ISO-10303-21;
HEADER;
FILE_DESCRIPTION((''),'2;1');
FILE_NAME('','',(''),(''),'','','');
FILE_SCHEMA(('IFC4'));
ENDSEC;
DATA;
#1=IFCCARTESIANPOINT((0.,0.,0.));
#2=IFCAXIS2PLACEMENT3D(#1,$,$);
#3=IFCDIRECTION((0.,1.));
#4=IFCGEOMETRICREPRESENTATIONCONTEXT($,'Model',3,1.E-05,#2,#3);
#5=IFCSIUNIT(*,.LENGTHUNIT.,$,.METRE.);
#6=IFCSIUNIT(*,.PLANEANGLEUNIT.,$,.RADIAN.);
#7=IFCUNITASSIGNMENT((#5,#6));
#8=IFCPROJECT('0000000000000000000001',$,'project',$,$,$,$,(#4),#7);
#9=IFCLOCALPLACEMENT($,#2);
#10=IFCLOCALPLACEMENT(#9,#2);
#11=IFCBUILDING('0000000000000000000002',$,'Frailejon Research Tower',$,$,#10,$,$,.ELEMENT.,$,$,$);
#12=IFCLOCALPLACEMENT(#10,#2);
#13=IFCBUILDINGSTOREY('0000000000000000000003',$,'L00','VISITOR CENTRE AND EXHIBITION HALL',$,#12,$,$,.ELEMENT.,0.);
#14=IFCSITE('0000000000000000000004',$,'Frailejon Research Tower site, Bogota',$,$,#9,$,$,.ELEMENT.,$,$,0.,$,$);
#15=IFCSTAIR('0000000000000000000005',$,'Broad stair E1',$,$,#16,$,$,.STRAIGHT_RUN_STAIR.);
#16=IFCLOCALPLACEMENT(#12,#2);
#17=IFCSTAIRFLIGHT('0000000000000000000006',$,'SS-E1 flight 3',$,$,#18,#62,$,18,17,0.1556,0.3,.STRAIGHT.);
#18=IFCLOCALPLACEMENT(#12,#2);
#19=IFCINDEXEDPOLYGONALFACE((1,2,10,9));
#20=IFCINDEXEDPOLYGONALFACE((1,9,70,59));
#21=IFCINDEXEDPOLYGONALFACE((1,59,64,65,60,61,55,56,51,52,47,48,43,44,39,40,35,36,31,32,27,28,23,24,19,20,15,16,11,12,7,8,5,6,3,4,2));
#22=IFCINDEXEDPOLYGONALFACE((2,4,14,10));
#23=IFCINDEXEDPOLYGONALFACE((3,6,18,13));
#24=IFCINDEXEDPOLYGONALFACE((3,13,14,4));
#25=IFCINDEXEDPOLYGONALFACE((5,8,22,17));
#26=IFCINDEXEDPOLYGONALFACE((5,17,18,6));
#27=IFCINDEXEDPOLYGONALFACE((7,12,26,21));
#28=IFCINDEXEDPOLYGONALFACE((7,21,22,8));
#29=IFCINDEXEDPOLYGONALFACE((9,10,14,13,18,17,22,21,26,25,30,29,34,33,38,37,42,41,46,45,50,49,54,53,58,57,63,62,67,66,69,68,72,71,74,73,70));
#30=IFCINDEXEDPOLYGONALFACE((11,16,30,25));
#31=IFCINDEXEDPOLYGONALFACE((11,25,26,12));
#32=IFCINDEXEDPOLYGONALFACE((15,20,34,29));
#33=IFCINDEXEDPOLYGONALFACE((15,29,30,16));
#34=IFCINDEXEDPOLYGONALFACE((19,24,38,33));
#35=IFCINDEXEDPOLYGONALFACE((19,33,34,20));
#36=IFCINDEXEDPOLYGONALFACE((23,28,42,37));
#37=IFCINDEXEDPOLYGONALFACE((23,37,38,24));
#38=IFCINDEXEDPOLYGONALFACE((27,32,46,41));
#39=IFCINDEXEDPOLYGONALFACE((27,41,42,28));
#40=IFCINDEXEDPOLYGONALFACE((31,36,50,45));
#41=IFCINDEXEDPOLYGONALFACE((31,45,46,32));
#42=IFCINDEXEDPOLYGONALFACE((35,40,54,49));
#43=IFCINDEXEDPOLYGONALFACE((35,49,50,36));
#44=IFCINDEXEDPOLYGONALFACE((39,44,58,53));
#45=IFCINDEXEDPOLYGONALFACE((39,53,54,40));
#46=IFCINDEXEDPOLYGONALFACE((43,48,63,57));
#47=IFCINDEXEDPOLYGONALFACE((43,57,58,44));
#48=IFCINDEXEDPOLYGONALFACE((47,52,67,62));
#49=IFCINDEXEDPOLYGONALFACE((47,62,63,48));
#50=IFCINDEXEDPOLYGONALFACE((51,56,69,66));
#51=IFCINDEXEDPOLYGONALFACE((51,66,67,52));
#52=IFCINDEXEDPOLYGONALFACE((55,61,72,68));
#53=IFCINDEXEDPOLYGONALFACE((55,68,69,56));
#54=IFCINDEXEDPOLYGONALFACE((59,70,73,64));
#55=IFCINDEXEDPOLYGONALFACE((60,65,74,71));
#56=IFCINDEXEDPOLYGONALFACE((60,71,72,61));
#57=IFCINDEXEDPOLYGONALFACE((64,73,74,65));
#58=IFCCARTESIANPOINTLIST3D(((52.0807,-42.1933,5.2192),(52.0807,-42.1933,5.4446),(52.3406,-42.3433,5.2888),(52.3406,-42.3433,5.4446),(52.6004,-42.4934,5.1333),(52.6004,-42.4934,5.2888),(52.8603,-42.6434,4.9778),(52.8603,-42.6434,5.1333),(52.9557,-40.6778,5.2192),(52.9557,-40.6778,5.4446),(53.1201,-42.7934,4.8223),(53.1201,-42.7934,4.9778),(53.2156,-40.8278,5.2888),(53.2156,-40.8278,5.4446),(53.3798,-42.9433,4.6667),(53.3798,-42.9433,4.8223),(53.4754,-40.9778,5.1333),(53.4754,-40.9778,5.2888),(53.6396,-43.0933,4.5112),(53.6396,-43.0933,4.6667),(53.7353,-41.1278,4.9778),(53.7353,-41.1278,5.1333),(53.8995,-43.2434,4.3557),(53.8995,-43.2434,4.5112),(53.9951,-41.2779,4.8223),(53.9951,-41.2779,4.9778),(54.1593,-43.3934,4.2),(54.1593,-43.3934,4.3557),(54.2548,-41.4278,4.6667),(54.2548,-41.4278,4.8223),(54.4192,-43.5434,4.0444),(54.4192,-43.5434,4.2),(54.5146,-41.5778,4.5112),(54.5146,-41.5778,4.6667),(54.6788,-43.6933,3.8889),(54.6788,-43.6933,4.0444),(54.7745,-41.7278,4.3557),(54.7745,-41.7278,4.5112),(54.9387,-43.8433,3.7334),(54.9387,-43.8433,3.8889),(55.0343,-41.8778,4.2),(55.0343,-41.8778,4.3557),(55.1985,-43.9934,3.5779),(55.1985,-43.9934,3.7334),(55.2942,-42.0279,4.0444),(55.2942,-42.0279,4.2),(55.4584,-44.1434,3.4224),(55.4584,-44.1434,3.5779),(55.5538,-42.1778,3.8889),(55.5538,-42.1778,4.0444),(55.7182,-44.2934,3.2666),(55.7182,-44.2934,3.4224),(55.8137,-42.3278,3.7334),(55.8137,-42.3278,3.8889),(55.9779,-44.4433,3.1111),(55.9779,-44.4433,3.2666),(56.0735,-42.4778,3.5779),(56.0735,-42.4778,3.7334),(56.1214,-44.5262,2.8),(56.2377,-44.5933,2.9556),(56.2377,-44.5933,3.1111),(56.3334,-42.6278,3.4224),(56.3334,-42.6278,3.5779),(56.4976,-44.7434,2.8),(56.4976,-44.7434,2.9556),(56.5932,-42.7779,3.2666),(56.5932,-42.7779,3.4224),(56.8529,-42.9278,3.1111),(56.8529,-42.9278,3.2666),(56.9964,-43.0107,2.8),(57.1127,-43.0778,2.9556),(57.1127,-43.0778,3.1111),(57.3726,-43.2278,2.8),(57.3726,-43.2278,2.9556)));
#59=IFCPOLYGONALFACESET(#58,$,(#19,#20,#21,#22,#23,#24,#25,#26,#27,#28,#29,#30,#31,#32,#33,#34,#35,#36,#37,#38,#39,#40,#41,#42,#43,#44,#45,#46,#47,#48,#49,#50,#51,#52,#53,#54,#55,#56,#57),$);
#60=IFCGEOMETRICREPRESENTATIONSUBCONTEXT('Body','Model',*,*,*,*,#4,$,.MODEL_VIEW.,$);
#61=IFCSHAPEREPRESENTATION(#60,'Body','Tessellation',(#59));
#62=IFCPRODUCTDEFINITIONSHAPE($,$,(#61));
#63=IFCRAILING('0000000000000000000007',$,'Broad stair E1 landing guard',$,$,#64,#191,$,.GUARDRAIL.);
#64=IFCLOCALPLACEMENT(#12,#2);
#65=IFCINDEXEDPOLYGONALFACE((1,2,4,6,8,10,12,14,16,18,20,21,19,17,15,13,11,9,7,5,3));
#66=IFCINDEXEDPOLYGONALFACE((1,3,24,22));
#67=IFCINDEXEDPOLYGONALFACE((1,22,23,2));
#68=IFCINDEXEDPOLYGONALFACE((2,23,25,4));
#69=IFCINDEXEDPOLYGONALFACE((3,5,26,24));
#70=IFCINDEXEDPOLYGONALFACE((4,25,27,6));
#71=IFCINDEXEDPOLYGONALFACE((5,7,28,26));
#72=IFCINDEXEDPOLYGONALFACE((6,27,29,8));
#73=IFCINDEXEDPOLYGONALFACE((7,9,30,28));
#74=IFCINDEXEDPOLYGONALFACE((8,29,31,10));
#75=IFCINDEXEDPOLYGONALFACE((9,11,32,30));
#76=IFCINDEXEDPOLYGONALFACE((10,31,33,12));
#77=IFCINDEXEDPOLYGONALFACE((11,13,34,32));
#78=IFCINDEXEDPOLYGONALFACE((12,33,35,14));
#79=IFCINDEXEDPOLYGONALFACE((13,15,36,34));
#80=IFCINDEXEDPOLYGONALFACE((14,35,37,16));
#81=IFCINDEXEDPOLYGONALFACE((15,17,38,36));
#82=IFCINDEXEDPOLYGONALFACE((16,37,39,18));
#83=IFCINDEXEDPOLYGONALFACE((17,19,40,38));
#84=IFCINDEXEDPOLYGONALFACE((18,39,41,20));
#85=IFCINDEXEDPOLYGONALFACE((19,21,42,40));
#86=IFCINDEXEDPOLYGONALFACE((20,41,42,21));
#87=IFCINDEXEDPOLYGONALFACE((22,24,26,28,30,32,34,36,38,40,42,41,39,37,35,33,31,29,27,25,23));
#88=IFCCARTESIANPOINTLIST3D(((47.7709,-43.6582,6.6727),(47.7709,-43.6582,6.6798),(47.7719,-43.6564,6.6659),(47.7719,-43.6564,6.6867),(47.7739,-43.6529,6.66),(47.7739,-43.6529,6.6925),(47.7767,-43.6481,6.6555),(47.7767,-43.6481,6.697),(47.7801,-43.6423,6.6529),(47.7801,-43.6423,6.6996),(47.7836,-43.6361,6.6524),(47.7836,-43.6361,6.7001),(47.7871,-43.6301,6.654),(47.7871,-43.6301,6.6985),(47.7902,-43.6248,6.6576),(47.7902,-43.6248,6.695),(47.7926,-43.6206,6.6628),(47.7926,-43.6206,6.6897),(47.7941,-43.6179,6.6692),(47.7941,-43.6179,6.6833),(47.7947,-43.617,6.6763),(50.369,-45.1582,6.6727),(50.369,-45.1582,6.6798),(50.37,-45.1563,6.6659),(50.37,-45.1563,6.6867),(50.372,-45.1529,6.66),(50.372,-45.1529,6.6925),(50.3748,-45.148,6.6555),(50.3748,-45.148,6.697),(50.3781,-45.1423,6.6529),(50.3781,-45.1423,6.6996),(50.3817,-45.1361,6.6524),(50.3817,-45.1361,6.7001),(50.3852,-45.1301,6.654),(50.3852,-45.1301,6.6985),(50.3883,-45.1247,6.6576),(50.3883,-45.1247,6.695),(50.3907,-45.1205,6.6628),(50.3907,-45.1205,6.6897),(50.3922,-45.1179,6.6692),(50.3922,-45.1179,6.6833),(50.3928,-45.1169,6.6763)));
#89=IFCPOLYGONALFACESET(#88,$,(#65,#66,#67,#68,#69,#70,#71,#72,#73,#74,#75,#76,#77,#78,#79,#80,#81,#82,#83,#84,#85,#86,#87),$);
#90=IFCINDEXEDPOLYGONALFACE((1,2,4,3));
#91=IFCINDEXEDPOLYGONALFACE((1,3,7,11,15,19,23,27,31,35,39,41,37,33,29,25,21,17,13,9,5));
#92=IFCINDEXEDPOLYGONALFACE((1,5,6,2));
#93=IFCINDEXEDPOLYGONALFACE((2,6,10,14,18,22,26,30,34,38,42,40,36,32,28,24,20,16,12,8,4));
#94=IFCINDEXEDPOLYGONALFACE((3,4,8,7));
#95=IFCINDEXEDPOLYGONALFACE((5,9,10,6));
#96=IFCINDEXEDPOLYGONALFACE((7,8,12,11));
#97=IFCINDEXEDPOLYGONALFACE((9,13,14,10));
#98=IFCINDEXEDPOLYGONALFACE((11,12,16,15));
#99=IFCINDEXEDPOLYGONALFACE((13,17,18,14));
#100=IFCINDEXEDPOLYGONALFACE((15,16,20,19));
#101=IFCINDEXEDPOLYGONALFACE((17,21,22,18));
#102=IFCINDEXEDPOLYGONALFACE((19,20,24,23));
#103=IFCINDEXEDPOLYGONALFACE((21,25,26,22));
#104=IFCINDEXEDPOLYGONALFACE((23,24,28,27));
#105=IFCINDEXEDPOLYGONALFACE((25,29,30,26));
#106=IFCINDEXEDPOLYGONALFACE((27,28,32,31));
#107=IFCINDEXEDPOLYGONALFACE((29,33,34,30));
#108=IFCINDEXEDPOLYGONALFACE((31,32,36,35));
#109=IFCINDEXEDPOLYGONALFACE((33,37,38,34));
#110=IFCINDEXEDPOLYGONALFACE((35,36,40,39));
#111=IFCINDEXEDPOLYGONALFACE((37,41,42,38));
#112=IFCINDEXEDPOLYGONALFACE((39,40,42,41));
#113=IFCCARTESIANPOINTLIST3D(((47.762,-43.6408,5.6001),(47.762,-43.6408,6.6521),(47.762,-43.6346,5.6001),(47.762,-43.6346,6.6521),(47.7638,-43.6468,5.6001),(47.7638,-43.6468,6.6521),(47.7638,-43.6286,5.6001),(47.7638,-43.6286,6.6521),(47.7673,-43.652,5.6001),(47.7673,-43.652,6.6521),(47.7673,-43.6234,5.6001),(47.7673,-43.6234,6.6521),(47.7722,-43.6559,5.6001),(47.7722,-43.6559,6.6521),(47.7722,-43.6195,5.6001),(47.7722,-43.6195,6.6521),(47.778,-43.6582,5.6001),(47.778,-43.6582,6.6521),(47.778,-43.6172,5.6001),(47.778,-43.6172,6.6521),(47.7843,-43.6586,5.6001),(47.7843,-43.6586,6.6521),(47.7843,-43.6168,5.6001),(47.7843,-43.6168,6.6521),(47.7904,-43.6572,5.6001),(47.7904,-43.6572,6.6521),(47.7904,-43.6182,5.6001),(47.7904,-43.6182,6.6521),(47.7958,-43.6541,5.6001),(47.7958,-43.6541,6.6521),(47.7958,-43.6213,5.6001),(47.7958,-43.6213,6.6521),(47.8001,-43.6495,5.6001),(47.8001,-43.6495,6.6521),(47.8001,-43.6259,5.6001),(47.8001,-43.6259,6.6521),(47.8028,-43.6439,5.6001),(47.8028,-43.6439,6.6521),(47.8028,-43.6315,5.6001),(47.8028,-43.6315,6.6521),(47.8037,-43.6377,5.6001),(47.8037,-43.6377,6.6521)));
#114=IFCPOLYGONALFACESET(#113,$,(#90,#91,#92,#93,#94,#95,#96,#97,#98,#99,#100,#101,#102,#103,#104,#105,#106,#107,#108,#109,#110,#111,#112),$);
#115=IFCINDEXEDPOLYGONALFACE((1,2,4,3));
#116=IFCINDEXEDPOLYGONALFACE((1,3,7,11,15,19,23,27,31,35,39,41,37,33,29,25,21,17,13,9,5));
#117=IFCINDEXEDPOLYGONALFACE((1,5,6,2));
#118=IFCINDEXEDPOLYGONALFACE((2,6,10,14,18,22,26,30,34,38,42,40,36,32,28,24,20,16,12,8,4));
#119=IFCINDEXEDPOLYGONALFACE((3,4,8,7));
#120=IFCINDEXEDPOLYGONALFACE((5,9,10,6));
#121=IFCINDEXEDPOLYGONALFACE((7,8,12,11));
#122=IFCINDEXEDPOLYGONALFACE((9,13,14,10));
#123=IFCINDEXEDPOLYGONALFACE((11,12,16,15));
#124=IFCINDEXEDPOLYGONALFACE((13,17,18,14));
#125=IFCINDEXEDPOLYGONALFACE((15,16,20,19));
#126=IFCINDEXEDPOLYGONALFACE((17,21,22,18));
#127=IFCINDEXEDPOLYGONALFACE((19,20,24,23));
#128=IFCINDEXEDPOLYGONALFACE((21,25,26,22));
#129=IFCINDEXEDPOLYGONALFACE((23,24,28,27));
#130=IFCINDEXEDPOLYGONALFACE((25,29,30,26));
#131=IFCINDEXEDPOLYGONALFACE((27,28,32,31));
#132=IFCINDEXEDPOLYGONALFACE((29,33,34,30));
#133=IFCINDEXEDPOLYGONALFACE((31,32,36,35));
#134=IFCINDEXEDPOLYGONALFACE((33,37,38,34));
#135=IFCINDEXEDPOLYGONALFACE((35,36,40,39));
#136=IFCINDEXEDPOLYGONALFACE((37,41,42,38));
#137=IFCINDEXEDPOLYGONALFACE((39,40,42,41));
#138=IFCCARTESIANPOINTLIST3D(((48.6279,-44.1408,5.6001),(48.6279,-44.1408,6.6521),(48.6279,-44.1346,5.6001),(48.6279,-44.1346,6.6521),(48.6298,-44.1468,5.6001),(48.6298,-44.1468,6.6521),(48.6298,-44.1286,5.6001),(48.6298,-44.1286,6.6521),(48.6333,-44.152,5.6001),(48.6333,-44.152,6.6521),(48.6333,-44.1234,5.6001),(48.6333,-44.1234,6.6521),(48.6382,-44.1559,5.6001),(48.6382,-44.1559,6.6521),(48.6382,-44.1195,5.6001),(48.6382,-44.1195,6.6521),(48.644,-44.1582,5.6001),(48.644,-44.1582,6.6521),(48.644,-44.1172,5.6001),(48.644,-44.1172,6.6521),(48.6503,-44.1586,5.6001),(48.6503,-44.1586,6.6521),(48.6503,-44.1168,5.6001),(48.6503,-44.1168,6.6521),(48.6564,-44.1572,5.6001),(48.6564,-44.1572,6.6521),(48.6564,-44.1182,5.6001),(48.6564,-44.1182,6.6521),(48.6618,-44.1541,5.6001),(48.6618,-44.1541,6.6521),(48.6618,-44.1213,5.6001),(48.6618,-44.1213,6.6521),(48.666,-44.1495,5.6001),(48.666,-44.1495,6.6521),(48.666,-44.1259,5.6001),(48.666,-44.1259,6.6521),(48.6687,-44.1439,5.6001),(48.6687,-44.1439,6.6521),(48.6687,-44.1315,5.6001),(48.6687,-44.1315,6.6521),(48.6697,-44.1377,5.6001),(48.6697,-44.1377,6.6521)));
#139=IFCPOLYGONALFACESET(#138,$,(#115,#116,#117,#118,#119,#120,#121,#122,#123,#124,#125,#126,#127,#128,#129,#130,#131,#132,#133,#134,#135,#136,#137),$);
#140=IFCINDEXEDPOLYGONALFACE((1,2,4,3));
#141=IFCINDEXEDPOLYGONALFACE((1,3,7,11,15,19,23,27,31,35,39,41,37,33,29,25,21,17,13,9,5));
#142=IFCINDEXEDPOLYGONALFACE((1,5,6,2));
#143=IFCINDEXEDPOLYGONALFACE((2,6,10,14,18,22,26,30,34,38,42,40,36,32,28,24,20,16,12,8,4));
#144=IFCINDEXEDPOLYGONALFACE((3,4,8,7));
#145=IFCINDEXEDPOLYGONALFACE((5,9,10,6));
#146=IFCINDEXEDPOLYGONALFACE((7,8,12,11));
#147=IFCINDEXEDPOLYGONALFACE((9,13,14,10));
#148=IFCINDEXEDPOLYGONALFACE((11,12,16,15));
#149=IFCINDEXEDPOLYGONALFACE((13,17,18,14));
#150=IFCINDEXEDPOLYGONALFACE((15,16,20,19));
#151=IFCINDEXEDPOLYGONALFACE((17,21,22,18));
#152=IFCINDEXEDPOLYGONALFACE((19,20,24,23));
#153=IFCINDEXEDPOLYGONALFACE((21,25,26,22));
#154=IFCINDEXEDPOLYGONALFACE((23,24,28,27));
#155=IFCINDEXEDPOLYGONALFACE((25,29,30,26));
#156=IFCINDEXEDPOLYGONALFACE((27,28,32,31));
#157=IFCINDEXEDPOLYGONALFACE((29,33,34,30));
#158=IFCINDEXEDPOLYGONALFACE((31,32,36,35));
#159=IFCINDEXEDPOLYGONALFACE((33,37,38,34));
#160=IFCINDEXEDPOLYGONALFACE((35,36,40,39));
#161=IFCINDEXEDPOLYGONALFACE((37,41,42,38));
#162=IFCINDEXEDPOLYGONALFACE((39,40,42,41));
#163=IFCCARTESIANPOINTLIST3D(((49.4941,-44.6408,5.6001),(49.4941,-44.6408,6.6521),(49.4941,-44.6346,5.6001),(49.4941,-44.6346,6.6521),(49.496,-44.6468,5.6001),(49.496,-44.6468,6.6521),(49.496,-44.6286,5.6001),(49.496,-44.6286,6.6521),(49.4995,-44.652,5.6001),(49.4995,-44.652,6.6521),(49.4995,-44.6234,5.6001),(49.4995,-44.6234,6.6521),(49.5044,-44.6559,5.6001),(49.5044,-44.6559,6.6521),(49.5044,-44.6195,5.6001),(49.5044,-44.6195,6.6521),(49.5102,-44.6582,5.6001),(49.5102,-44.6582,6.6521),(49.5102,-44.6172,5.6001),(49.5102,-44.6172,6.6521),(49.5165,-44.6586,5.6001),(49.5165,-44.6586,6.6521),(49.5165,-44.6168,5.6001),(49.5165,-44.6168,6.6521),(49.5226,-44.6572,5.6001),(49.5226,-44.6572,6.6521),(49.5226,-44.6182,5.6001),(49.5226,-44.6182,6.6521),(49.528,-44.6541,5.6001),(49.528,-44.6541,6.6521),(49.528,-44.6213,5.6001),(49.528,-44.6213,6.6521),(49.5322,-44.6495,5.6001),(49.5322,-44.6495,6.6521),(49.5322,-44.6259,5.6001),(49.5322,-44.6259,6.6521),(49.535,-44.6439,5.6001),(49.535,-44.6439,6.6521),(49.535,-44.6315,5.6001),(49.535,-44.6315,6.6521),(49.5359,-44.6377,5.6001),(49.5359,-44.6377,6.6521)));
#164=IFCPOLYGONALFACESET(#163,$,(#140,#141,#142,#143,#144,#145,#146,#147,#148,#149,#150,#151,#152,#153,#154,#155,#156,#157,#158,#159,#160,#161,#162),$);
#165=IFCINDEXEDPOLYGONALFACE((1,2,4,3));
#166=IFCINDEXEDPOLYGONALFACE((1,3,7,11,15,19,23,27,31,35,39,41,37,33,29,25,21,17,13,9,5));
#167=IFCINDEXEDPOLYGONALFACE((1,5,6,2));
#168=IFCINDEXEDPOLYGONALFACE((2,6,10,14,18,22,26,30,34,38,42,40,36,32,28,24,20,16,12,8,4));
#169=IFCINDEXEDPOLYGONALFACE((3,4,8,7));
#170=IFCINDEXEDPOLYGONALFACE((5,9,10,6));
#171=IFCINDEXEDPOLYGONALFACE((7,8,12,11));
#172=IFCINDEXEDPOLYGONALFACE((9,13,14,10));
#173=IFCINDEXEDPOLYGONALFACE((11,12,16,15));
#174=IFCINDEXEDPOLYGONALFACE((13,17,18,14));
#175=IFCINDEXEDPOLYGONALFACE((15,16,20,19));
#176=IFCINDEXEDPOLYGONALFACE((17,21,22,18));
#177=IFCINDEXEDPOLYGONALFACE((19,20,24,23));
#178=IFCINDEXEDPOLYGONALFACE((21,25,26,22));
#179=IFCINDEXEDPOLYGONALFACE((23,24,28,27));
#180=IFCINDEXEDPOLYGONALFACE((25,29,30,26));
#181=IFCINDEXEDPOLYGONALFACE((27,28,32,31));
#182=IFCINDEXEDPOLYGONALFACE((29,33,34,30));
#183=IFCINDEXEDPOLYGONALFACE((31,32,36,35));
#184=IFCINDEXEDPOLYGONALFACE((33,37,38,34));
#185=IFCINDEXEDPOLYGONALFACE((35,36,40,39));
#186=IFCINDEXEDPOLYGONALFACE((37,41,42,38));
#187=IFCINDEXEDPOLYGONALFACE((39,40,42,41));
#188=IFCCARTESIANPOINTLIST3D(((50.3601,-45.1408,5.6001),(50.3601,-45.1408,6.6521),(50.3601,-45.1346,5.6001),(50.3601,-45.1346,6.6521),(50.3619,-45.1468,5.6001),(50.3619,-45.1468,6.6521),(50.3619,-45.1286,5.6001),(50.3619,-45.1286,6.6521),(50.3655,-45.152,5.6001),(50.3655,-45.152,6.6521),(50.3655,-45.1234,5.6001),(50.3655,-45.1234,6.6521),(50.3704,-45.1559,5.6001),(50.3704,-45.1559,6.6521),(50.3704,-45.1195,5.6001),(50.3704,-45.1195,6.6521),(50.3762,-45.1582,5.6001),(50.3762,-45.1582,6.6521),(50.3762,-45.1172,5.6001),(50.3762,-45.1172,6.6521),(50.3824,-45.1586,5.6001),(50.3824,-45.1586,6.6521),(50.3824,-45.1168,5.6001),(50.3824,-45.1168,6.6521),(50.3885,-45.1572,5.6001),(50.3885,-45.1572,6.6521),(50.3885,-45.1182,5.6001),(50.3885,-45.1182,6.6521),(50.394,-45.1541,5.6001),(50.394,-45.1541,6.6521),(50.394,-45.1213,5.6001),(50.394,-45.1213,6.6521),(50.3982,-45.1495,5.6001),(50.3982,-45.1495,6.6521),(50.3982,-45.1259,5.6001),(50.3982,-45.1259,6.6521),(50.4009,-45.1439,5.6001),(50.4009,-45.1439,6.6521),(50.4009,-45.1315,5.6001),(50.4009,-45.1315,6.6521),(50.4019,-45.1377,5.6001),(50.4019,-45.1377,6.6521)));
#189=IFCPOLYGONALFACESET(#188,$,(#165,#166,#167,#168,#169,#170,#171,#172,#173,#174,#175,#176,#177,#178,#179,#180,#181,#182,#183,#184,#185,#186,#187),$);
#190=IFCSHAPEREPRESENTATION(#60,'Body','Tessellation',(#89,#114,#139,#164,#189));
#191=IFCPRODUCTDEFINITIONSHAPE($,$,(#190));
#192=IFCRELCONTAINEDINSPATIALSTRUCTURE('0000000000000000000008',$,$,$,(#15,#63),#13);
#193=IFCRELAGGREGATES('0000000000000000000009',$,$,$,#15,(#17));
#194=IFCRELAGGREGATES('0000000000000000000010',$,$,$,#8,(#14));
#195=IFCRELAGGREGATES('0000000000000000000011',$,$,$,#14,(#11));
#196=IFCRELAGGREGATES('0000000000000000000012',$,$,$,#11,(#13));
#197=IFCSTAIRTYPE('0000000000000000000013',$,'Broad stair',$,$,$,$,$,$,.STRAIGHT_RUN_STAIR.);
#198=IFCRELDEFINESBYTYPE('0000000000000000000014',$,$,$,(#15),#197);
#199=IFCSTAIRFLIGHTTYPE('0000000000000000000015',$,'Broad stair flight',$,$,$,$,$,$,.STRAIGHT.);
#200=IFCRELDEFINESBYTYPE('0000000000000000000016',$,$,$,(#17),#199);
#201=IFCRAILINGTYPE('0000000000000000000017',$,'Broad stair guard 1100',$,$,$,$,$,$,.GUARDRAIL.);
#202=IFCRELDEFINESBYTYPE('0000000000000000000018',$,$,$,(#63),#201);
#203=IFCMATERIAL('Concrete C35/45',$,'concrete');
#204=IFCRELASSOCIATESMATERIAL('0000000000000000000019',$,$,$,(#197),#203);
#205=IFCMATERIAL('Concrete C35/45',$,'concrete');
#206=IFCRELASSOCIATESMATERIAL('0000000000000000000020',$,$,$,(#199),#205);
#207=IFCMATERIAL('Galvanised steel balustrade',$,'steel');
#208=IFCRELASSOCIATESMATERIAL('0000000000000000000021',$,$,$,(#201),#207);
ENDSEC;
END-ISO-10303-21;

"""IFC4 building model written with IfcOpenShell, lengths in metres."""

from ifc_helpers import new_model, si_unit, direction, frame, origin, origin_2d, place, context, subcontext, project, spatial, polyline, circle, outline, extrude, material, type_object, element, aggregate, save


model = new_model("IFC4")

# Units and contexts
model_context = context("Model", 3, precision=1e-05, world=origin(), true_north=direction((0.0, 1.0)))
body_context = subcontext(model_context, "Body", "Model", "MODEL_VIEW")
ifc_project = project(units=[si_unit("LENGTHUNIT", "METRE"), si_unit("PLANEANGLEUNIT", "RADIAN")], contexts=[model_context])

# Site, building, storey
site_placement = place(None, origin())
site = spatial("IfcSite", under=ifc_project, at=site_placement, Name="Frailejon Research Tower site, Bogota", CompositionType="ELEMENT", RefElevation=0.0)
building_placement = place(site_placement, origin())
building = spatial("IfcBuilding", under=site, at=building_placement, Name="Frailejon Research Tower", CompositionType="ELEMENT")
storey_placement = place(building_placement, origin())
storey = spatial("IfcBuildingStorey", under=building, at=storey_placement, Name="L00", Description="VISITOR CENTRE AND EXHIBITION HALL", CompositionType="ELEMENT", Elevation=0.0)

# Stair, stair flight
ifc_material_1 = material(Name="Concrete C35/45", Category="concrete")
stair_type = type_object("IfcStairType", Name="Broad stair", PredefinedType="STRAIGHT_RUN_STAIR", material=ifc_material_1)
stair_placement = place(storey_placement, origin())
stair = element("IfcStair", 1, at=stair_placement, inside=storey, type_object=stair_type, Name="Broad stair E1", PredefinedType="STRAIGHT_RUN_STAIR")
ifc_material_2 = material(Name="Concrete C35/45", Category="concrete")
stair_flight_type = type_object("IfcStairFlightType", Name="Broad stair flight", PredefinedType="STRAIGHT", material=ifc_material_2)
stair_flight_1_placement = place(storey_placement, frame((56.9351, -43.9856, 2.8), z_axis=(0.0, 0.0, 1.0), x_axis=(-0.866025, 0.5, 0.0)))
stair_flight_1 = element("IfcStairFlight", 2, at=stair_flight_1_placement, type_object=stair_flight_type, Name="SS-E1 flight 3", NumberOfRisers=18, NumberOfTreads=17, PredefinedType="STRAIGHT", RiserHeight=0.1556, TreadLength=0.3, context=body_context, shape_type="SweptSolid", body=[
    extrude(outline(polyline([(0.0, 0.0), (0.0, 0.1555), (0.3, 0.1555), (0.3, 0.311), (0.6001, 0.311), (0.6001, 0.4666), (0.8999, 0.4666), (0.8999, 0.6223), (1.2, 0.6223), (1.2, 0.7778), (1.5, 0.7778), (1.5, 0.9333), (1.8, 0.9333), (1.8, 1.0889), (2.1001, 1.0889), (2.1001, 1.2444), (2.3999, 1.2444), (2.3999, 1.3999), (2.7, 1.3999), (2.7, 1.5557), (3.0, 1.5557), (3.0, 1.7112), (3.3, 1.7112), (3.3, 1.8667), (3.6001, 1.8667), (3.6001, 2.0222), (3.8999, 2.0222), (3.8999, 2.1777), (4.2, 2.1777), (4.2, 2.3333), (4.5, 2.3333), (4.5, 2.4888), (4.8, 2.4888), (4.8, 2.6445), (5.1001, 2.6445), (5.1001, 2.8), (5.1001, 2.4192), (0.4343, 0.0), (0.0, 0.0)])), frame((0.0, 0.875, 0.0), z_axis=(0.0, -1.0, 0.0), x_axis=(1.0, 0.0, 0.0)), (0.0, 0.0, 1.0), 1.75),
])
aggregate(stair, [stair_flight_1])

# Railing
ifc_material_3 = material(Name="Galvanised steel balustrade", Category="steel")
railing_type_1 = type_object("IfcRailingType", Name="Broad stair guard 1100", PredefinedType="GUARDRAIL", material=ifc_material_3)
railing_1_placement = place(storey_placement, frame((47.7827, -43.6377, 5.6001)))
element("IfcRailing", 3, at=railing_1_placement, inside=storey, type_object=railing_type_1, Name="Broad stair E1 landing guard", PredefinedType="GUARDRAIL", context=body_context, shape_type="SweptSolid", body=[
    extrude(circle(Radius=0.0239, at=origin_2d()), frame((0.0, 0.0, 1.0762), z_axis=(0.866031, -0.49999, 0.0), x_axis=(0.49999, 0.866031, 0.0)), (0.0, 0.0, 1.0), 3.0),
    extrude(circle(Radius=0.021, at=origin_2d()), origin(), (0.0, 0.0, 1.0), 1.052),
    extrude(circle(Radius=0.021, at=origin_2d()), frame((0.866, -0.5, 0.0)), (0.0, 0.0, 1.0), 1.052),
    extrude(circle(Radius=0.021, at=origin_2d()), frame((1.7322, -1.0, 0.0)), (0.0, 0.0, 1.0), 1.052),
    extrude(circle(Radius=0.021, at=origin_2d()), frame((2.5981, -1.5, 0.0)), (0.0, 0.0, 1.0), 1.052),
])

save(model, "model.ifc")
